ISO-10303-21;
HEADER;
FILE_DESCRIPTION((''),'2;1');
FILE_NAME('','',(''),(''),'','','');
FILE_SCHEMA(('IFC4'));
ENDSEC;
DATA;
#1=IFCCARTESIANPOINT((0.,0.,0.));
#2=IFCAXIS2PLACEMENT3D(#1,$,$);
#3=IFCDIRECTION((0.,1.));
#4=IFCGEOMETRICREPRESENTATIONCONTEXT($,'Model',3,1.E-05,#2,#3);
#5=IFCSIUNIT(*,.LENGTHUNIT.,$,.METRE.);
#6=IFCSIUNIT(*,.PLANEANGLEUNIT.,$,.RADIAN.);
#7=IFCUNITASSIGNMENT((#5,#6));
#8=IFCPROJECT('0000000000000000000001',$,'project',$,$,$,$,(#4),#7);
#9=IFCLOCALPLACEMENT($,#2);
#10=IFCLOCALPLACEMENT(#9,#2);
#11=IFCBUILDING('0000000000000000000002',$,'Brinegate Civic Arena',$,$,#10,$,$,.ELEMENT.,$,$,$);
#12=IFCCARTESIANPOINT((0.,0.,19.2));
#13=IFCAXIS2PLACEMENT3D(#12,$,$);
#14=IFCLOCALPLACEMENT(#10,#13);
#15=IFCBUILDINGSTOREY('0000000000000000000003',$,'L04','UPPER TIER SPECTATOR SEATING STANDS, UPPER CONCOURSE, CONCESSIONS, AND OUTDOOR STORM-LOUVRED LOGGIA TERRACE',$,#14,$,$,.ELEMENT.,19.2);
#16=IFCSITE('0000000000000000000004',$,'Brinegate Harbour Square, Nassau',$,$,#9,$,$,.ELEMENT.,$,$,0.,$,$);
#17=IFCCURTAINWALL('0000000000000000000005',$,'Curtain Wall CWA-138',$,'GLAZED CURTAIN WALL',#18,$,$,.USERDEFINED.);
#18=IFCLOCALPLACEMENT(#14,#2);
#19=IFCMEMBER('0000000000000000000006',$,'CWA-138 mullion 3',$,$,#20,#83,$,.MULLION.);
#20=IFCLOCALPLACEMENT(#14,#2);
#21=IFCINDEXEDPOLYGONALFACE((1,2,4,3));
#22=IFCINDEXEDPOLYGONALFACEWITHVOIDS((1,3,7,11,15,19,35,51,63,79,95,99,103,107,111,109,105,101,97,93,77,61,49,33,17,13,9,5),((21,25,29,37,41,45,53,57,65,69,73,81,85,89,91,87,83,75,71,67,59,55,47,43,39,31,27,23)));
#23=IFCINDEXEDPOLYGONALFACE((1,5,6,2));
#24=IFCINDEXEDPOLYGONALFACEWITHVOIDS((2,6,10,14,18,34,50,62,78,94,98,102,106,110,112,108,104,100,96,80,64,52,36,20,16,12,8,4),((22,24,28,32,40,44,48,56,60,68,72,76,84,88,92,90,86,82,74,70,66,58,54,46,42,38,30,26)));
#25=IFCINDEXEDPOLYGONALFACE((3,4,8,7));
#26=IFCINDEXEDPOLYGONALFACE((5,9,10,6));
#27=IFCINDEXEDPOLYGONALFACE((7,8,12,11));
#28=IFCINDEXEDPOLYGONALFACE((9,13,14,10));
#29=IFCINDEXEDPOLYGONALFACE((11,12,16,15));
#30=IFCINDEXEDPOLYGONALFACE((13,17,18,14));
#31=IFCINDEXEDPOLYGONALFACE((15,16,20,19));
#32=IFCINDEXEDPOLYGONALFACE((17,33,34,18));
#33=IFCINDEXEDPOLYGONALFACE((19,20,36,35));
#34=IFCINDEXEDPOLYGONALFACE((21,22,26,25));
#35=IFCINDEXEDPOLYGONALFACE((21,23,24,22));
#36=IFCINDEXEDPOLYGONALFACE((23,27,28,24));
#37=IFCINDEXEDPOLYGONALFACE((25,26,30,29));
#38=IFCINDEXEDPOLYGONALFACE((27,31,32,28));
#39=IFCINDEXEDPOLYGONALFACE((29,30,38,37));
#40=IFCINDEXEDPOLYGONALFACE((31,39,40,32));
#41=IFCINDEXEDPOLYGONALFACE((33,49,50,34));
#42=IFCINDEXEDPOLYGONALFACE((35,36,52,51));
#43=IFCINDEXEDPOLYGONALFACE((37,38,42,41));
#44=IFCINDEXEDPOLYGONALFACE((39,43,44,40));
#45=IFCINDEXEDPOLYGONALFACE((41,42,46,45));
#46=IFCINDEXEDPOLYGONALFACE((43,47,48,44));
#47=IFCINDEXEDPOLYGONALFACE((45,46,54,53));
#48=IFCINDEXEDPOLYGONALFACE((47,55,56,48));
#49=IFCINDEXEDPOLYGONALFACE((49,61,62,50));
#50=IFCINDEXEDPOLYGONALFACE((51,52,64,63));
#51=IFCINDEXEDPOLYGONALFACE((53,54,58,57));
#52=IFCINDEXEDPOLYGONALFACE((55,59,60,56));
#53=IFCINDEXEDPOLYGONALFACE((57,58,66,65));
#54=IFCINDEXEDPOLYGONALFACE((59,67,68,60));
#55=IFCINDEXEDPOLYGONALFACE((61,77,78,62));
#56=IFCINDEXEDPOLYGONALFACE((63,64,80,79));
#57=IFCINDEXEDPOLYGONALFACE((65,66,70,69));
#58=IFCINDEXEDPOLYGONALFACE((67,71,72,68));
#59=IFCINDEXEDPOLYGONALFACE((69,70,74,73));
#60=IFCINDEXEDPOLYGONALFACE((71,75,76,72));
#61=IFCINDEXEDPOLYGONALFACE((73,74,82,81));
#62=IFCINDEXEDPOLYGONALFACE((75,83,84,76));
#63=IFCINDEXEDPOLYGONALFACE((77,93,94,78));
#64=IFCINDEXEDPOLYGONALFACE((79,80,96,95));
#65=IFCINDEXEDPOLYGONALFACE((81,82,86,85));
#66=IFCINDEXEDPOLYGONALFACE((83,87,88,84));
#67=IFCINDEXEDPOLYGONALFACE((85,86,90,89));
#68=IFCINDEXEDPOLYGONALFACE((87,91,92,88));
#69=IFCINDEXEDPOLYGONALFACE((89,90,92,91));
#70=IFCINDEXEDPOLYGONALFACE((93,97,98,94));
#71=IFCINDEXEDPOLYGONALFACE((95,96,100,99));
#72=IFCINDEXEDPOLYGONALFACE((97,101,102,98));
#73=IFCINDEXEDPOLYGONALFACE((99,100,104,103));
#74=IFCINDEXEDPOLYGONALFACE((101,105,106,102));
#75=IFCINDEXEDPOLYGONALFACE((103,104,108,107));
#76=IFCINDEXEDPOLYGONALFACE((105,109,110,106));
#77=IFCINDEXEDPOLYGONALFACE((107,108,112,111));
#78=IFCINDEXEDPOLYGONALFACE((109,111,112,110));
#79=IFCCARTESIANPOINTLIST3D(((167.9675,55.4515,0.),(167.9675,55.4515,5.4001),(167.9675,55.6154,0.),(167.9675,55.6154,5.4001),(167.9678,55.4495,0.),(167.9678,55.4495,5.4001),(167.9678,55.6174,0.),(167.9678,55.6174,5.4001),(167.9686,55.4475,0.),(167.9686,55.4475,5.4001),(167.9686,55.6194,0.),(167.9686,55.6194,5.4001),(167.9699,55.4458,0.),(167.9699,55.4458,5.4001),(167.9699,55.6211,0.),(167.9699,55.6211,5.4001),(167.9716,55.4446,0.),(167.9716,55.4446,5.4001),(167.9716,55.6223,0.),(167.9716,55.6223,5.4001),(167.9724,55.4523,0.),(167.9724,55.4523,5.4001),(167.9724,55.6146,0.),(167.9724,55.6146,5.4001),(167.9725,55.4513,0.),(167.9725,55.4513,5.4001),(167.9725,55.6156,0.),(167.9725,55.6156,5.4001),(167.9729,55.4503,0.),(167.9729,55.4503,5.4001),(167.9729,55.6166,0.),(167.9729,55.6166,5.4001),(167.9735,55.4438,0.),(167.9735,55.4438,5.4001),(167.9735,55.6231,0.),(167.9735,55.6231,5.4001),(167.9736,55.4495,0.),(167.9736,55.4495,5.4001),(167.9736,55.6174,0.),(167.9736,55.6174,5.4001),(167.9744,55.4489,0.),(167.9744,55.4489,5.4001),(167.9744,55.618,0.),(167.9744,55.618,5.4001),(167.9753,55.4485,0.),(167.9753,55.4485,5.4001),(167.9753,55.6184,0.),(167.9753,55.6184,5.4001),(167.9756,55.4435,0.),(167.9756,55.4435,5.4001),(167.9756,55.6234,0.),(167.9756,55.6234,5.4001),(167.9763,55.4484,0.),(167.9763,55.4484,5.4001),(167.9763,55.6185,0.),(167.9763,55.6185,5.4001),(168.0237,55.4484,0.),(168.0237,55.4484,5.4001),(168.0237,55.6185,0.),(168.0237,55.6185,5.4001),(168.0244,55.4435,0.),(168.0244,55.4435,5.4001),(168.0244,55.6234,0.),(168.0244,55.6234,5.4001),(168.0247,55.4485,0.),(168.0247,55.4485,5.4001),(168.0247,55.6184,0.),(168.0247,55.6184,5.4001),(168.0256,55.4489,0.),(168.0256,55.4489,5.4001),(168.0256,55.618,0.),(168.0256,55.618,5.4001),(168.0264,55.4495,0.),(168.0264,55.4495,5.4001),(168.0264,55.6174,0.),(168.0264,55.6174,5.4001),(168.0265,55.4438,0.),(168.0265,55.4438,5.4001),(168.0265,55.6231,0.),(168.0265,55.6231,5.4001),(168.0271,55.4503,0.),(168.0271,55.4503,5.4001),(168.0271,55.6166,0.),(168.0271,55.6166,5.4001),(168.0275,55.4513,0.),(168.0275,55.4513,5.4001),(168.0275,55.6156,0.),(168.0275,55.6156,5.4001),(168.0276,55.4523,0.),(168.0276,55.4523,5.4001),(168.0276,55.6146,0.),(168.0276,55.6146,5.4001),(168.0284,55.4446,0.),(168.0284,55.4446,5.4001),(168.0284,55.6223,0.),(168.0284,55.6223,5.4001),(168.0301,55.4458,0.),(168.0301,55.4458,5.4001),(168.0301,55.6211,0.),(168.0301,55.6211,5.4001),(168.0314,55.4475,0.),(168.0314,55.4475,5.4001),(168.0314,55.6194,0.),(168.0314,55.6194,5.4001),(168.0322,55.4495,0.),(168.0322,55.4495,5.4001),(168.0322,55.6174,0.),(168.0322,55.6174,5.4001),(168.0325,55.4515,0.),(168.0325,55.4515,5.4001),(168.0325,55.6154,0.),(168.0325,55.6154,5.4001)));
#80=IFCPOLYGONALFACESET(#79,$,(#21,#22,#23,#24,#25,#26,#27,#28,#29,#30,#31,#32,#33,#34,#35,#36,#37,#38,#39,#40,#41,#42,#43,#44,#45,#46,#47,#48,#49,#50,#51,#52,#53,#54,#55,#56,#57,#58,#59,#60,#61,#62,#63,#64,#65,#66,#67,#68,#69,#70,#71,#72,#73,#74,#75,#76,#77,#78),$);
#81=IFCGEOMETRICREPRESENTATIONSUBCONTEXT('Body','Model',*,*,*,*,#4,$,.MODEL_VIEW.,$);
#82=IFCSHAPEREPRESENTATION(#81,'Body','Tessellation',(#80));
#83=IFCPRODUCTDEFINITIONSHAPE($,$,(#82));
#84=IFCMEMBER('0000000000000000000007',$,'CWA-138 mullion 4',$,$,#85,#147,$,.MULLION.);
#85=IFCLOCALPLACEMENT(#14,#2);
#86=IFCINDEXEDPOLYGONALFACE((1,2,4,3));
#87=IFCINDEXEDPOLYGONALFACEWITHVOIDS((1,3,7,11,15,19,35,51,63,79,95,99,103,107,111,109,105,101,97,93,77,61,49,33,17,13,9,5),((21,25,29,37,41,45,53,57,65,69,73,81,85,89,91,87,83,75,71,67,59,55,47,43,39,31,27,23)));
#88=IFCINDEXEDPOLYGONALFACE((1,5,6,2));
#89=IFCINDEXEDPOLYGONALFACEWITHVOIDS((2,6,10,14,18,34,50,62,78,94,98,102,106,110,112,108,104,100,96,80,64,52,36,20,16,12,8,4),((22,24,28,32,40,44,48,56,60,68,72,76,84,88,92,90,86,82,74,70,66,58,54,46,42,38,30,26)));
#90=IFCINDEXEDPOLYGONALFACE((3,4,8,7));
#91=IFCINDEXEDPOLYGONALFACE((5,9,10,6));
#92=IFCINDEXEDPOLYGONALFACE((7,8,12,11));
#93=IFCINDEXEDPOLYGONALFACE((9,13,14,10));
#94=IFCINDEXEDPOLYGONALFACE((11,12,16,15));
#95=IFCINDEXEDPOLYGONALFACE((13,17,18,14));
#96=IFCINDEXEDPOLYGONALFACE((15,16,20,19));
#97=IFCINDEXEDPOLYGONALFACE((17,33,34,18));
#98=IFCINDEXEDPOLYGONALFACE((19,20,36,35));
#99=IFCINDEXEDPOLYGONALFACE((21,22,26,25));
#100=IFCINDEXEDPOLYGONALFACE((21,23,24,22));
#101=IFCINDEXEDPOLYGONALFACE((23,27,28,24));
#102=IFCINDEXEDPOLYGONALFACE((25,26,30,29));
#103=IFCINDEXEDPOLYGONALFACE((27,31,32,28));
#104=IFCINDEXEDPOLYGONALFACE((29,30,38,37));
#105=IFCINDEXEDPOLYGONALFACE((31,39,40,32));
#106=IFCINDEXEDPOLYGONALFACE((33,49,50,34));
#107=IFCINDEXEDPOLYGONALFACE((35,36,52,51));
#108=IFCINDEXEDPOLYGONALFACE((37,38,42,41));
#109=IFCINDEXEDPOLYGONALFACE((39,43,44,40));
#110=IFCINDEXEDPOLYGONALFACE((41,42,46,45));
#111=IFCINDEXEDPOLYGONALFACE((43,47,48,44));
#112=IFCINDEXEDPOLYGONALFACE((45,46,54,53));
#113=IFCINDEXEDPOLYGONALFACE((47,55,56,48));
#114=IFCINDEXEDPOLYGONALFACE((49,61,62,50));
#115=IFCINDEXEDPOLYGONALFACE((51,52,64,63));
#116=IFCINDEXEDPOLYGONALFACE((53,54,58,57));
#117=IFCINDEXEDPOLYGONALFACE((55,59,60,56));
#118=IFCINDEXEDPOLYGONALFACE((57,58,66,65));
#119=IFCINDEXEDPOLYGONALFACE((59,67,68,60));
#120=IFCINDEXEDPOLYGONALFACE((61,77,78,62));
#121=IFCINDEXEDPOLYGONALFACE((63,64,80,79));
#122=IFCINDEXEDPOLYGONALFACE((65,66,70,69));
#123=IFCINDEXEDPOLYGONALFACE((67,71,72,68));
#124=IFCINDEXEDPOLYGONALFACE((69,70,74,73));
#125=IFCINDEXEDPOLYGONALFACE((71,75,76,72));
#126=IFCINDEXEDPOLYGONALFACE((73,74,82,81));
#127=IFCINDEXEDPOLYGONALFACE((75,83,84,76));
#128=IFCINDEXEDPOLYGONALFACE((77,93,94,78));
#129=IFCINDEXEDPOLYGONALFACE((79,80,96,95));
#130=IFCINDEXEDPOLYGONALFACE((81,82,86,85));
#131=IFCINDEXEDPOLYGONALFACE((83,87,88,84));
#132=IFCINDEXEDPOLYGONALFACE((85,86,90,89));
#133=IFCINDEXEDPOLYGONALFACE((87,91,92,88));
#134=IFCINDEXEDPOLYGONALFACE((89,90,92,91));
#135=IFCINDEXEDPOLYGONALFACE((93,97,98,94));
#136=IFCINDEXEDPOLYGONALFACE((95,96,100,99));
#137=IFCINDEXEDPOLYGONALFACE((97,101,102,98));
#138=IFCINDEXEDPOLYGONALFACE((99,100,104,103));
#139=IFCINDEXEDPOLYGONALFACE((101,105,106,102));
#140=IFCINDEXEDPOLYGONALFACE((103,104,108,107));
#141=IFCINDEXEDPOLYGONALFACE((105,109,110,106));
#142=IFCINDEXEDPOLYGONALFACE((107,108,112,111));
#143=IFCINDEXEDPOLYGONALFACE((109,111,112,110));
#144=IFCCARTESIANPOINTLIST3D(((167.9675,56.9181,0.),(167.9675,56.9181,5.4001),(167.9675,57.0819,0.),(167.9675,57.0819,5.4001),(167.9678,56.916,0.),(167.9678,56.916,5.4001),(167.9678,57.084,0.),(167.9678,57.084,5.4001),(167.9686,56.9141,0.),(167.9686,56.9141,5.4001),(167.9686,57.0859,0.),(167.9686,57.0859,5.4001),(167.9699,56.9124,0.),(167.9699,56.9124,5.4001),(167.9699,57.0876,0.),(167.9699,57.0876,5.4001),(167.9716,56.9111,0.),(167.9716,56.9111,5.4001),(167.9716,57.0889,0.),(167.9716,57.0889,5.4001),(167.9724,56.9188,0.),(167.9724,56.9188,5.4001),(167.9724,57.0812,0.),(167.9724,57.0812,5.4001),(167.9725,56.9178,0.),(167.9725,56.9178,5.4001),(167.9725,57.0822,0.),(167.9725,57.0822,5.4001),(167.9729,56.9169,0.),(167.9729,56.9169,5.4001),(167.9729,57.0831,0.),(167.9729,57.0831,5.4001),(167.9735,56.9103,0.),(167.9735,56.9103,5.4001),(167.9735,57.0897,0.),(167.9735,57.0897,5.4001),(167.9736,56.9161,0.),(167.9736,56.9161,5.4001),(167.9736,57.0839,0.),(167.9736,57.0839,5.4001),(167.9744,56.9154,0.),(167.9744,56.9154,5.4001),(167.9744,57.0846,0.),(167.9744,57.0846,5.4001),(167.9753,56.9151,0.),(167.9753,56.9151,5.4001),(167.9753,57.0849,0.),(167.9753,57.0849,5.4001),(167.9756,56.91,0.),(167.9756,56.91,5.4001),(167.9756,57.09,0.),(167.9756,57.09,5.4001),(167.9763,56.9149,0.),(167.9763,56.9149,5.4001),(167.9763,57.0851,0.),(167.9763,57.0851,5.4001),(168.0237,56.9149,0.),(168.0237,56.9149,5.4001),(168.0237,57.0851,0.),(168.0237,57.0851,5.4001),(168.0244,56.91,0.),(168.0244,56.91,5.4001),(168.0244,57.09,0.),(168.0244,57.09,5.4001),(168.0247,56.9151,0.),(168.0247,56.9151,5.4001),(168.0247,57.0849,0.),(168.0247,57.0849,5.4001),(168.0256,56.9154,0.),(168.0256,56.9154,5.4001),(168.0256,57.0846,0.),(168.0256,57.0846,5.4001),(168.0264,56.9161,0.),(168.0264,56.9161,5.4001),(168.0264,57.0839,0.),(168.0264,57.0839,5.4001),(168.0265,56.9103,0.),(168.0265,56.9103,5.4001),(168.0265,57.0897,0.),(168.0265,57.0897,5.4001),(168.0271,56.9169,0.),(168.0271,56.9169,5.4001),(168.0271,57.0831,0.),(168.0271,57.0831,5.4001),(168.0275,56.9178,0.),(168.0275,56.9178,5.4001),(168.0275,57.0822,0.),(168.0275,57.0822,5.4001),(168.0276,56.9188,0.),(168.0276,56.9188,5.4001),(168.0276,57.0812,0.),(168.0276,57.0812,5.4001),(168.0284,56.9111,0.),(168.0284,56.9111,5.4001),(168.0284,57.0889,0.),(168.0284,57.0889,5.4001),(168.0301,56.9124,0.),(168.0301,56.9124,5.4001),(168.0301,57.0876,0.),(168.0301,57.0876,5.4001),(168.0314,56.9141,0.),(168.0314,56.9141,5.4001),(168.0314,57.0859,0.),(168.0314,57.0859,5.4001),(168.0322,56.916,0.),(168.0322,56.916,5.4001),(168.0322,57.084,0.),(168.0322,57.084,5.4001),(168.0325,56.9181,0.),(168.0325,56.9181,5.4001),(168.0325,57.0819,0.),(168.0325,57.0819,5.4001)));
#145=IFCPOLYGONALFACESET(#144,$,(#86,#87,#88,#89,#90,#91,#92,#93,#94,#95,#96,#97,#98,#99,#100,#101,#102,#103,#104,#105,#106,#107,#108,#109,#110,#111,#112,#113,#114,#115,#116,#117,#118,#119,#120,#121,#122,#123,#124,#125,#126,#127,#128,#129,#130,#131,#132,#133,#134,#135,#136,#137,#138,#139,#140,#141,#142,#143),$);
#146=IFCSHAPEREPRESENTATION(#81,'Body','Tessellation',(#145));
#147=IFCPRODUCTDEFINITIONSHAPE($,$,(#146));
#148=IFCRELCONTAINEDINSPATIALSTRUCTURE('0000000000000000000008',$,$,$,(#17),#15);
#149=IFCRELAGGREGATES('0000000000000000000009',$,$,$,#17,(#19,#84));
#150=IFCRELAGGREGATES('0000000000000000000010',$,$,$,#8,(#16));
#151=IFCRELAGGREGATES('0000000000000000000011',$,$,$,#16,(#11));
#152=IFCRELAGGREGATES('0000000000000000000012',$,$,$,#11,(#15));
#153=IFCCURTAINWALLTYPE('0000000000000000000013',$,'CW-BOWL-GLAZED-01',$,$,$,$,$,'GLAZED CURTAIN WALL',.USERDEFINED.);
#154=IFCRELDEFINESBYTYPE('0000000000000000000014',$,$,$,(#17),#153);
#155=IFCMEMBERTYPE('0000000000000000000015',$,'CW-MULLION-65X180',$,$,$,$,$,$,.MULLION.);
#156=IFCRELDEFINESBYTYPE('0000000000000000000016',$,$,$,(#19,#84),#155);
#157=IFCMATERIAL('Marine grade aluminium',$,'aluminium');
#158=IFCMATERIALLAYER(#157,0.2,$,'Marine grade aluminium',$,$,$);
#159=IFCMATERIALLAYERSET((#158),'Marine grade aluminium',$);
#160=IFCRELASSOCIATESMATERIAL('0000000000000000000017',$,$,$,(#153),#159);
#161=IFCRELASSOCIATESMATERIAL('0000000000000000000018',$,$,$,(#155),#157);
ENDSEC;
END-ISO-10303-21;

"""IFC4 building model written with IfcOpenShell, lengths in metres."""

from ifc_helpers import new_model, si_unit, direction, frame, origin, origin_2d, place, context, subcontext, project, spatial, hollow_rectangle, extrude, material, layer, layer_set, material_profile, profile_set, type_object, element, aggregate, save


model = new_model("IFC4")

# Units and contexts
model_context = context("Model", 3, precision=1e-05, world=origin(), true_north=direction((0.0, 1.0)))
body_context = subcontext(model_context, "Body", "Model", "MODEL_VIEW")
ifc_project = project(units=[si_unit("LENGTHUNIT", "METRE"), si_unit("PLANEANGLEUNIT", "RADIAN")], contexts=[model_context])

# Site, building, storey
site_placement = place(None, origin())
site = spatial("IfcSite", under=ifc_project, at=site_placement, Name="Brinegate Harbour Square, Nassau", CompositionType="ELEMENT", RefElevation=0.0)
building_placement = place(site_placement, origin())
building = spatial("IfcBuilding", under=site, at=building_placement, Name="Brinegate Civic Arena", CompositionType="ELEMENT")
storey_placement = place(building_placement, frame((0.0, 0.0, 19.2)))
storey = spatial("IfcBuildingStorey", under=building, at=storey_placement, Name="L04", Description="UPPER TIER SPECTATOR SEATING STANDS, UPPER CONCOURSE, CONCESSIONS, AND OUTDOOR STORM-LOUVRED LOGGIA TERRACE", CompositionType="ELEMENT", Elevation=19.2)

# Curtain wall, members
ifc_material_1 = material(Name="Marine grade aluminium", Category="aluminium")
ifc_layer_1 = layer(ifc_material_1, 0.2, Name="Marine grade aluminium")
ifc_layer_set_1 = layer_set([ifc_layer_1], Name="Marine grade aluminium")
curtain_wall_type = type_object("IfcCurtainWallType", Name="CW-BOWL-GLAZED-01", ElementType="GLAZED CURTAIN WALL", PredefinedType="USERDEFINED", material=ifc_layer_set_1)
curtain_wall_placement = place(storey_placement, origin())
curtain_wall = element("IfcCurtainWall", 1, at=curtain_wall_placement, inside=storey, type_object=curtain_wall_type, Name="Curtain Wall CWA-138", ObjectType="GLAZED CURTAIN WALL", PredefinedType="USERDEFINED")
ifc_material_profile_1 = material_profile(ifc_material_1, hollow_rectangle(XDim=0.0649, YDim=0.1799, WallThickness=0.0049, InnerFilletRadius=0.0039, OuterFilletRadius=0.0081, at=origin_2d()), Name="MUL65X180")
ifc_profile_set_1 = profile_set([ifc_material_profile_1], Name="Marine grade aluminium")
member_type_1 = type_object("IfcMemberType", Name="CW-MULLION-65X180", PredefinedType="MULLION", material=ifc_profile_set_1)
member_1_placement = place(storey_placement, frame((168.0, 55.5334, 0.0), z_axis=(0.0, 0.0, 1.0), x_axis=(-1.0, 0.0, 0.0)))
member_1 = element("IfcMember", 2, at=member_1_placement, type_object=member_type_1, Name="CWA-138 mullion 3", PredefinedType="MULLION", context=body_context, shape_type="SweptSolid", body=[
    extrude(hollow_rectangle(XDim=0.0649, YDim=0.1799, WallThickness=0.0049, InnerFilletRadius=0.0039, OuterFilletRadius=0.0081, at=origin_2d()), origin(), (0.0, 0.0, 1.0), 5.4001),
])
member_2_placement = place(storey_placement, frame((168.0, 57.0, 0.0), z_axis=(0.0, 0.0, 1.0), x_axis=(-1.0, 0.0, 0.0)))
member_2 = element("IfcMember", 3, at=member_2_placement, type_object=member_type_1, Name="CWA-138 mullion 4", PredefinedType="MULLION", context=body_context, shape_type="SweptSolid", body=[
    extrude(hollow_rectangle(XDim=0.0649, YDim=0.1799, WallThickness=0.0049, InnerFilletRadius=0.0039, OuterFilletRadius=0.0081, at=origin_2d()), origin(), (0.0, 0.0, 1.0), 5.4001),
])
aggregate(curtain_wall, [member_1, member_2])

save(model, "model.ifc")
